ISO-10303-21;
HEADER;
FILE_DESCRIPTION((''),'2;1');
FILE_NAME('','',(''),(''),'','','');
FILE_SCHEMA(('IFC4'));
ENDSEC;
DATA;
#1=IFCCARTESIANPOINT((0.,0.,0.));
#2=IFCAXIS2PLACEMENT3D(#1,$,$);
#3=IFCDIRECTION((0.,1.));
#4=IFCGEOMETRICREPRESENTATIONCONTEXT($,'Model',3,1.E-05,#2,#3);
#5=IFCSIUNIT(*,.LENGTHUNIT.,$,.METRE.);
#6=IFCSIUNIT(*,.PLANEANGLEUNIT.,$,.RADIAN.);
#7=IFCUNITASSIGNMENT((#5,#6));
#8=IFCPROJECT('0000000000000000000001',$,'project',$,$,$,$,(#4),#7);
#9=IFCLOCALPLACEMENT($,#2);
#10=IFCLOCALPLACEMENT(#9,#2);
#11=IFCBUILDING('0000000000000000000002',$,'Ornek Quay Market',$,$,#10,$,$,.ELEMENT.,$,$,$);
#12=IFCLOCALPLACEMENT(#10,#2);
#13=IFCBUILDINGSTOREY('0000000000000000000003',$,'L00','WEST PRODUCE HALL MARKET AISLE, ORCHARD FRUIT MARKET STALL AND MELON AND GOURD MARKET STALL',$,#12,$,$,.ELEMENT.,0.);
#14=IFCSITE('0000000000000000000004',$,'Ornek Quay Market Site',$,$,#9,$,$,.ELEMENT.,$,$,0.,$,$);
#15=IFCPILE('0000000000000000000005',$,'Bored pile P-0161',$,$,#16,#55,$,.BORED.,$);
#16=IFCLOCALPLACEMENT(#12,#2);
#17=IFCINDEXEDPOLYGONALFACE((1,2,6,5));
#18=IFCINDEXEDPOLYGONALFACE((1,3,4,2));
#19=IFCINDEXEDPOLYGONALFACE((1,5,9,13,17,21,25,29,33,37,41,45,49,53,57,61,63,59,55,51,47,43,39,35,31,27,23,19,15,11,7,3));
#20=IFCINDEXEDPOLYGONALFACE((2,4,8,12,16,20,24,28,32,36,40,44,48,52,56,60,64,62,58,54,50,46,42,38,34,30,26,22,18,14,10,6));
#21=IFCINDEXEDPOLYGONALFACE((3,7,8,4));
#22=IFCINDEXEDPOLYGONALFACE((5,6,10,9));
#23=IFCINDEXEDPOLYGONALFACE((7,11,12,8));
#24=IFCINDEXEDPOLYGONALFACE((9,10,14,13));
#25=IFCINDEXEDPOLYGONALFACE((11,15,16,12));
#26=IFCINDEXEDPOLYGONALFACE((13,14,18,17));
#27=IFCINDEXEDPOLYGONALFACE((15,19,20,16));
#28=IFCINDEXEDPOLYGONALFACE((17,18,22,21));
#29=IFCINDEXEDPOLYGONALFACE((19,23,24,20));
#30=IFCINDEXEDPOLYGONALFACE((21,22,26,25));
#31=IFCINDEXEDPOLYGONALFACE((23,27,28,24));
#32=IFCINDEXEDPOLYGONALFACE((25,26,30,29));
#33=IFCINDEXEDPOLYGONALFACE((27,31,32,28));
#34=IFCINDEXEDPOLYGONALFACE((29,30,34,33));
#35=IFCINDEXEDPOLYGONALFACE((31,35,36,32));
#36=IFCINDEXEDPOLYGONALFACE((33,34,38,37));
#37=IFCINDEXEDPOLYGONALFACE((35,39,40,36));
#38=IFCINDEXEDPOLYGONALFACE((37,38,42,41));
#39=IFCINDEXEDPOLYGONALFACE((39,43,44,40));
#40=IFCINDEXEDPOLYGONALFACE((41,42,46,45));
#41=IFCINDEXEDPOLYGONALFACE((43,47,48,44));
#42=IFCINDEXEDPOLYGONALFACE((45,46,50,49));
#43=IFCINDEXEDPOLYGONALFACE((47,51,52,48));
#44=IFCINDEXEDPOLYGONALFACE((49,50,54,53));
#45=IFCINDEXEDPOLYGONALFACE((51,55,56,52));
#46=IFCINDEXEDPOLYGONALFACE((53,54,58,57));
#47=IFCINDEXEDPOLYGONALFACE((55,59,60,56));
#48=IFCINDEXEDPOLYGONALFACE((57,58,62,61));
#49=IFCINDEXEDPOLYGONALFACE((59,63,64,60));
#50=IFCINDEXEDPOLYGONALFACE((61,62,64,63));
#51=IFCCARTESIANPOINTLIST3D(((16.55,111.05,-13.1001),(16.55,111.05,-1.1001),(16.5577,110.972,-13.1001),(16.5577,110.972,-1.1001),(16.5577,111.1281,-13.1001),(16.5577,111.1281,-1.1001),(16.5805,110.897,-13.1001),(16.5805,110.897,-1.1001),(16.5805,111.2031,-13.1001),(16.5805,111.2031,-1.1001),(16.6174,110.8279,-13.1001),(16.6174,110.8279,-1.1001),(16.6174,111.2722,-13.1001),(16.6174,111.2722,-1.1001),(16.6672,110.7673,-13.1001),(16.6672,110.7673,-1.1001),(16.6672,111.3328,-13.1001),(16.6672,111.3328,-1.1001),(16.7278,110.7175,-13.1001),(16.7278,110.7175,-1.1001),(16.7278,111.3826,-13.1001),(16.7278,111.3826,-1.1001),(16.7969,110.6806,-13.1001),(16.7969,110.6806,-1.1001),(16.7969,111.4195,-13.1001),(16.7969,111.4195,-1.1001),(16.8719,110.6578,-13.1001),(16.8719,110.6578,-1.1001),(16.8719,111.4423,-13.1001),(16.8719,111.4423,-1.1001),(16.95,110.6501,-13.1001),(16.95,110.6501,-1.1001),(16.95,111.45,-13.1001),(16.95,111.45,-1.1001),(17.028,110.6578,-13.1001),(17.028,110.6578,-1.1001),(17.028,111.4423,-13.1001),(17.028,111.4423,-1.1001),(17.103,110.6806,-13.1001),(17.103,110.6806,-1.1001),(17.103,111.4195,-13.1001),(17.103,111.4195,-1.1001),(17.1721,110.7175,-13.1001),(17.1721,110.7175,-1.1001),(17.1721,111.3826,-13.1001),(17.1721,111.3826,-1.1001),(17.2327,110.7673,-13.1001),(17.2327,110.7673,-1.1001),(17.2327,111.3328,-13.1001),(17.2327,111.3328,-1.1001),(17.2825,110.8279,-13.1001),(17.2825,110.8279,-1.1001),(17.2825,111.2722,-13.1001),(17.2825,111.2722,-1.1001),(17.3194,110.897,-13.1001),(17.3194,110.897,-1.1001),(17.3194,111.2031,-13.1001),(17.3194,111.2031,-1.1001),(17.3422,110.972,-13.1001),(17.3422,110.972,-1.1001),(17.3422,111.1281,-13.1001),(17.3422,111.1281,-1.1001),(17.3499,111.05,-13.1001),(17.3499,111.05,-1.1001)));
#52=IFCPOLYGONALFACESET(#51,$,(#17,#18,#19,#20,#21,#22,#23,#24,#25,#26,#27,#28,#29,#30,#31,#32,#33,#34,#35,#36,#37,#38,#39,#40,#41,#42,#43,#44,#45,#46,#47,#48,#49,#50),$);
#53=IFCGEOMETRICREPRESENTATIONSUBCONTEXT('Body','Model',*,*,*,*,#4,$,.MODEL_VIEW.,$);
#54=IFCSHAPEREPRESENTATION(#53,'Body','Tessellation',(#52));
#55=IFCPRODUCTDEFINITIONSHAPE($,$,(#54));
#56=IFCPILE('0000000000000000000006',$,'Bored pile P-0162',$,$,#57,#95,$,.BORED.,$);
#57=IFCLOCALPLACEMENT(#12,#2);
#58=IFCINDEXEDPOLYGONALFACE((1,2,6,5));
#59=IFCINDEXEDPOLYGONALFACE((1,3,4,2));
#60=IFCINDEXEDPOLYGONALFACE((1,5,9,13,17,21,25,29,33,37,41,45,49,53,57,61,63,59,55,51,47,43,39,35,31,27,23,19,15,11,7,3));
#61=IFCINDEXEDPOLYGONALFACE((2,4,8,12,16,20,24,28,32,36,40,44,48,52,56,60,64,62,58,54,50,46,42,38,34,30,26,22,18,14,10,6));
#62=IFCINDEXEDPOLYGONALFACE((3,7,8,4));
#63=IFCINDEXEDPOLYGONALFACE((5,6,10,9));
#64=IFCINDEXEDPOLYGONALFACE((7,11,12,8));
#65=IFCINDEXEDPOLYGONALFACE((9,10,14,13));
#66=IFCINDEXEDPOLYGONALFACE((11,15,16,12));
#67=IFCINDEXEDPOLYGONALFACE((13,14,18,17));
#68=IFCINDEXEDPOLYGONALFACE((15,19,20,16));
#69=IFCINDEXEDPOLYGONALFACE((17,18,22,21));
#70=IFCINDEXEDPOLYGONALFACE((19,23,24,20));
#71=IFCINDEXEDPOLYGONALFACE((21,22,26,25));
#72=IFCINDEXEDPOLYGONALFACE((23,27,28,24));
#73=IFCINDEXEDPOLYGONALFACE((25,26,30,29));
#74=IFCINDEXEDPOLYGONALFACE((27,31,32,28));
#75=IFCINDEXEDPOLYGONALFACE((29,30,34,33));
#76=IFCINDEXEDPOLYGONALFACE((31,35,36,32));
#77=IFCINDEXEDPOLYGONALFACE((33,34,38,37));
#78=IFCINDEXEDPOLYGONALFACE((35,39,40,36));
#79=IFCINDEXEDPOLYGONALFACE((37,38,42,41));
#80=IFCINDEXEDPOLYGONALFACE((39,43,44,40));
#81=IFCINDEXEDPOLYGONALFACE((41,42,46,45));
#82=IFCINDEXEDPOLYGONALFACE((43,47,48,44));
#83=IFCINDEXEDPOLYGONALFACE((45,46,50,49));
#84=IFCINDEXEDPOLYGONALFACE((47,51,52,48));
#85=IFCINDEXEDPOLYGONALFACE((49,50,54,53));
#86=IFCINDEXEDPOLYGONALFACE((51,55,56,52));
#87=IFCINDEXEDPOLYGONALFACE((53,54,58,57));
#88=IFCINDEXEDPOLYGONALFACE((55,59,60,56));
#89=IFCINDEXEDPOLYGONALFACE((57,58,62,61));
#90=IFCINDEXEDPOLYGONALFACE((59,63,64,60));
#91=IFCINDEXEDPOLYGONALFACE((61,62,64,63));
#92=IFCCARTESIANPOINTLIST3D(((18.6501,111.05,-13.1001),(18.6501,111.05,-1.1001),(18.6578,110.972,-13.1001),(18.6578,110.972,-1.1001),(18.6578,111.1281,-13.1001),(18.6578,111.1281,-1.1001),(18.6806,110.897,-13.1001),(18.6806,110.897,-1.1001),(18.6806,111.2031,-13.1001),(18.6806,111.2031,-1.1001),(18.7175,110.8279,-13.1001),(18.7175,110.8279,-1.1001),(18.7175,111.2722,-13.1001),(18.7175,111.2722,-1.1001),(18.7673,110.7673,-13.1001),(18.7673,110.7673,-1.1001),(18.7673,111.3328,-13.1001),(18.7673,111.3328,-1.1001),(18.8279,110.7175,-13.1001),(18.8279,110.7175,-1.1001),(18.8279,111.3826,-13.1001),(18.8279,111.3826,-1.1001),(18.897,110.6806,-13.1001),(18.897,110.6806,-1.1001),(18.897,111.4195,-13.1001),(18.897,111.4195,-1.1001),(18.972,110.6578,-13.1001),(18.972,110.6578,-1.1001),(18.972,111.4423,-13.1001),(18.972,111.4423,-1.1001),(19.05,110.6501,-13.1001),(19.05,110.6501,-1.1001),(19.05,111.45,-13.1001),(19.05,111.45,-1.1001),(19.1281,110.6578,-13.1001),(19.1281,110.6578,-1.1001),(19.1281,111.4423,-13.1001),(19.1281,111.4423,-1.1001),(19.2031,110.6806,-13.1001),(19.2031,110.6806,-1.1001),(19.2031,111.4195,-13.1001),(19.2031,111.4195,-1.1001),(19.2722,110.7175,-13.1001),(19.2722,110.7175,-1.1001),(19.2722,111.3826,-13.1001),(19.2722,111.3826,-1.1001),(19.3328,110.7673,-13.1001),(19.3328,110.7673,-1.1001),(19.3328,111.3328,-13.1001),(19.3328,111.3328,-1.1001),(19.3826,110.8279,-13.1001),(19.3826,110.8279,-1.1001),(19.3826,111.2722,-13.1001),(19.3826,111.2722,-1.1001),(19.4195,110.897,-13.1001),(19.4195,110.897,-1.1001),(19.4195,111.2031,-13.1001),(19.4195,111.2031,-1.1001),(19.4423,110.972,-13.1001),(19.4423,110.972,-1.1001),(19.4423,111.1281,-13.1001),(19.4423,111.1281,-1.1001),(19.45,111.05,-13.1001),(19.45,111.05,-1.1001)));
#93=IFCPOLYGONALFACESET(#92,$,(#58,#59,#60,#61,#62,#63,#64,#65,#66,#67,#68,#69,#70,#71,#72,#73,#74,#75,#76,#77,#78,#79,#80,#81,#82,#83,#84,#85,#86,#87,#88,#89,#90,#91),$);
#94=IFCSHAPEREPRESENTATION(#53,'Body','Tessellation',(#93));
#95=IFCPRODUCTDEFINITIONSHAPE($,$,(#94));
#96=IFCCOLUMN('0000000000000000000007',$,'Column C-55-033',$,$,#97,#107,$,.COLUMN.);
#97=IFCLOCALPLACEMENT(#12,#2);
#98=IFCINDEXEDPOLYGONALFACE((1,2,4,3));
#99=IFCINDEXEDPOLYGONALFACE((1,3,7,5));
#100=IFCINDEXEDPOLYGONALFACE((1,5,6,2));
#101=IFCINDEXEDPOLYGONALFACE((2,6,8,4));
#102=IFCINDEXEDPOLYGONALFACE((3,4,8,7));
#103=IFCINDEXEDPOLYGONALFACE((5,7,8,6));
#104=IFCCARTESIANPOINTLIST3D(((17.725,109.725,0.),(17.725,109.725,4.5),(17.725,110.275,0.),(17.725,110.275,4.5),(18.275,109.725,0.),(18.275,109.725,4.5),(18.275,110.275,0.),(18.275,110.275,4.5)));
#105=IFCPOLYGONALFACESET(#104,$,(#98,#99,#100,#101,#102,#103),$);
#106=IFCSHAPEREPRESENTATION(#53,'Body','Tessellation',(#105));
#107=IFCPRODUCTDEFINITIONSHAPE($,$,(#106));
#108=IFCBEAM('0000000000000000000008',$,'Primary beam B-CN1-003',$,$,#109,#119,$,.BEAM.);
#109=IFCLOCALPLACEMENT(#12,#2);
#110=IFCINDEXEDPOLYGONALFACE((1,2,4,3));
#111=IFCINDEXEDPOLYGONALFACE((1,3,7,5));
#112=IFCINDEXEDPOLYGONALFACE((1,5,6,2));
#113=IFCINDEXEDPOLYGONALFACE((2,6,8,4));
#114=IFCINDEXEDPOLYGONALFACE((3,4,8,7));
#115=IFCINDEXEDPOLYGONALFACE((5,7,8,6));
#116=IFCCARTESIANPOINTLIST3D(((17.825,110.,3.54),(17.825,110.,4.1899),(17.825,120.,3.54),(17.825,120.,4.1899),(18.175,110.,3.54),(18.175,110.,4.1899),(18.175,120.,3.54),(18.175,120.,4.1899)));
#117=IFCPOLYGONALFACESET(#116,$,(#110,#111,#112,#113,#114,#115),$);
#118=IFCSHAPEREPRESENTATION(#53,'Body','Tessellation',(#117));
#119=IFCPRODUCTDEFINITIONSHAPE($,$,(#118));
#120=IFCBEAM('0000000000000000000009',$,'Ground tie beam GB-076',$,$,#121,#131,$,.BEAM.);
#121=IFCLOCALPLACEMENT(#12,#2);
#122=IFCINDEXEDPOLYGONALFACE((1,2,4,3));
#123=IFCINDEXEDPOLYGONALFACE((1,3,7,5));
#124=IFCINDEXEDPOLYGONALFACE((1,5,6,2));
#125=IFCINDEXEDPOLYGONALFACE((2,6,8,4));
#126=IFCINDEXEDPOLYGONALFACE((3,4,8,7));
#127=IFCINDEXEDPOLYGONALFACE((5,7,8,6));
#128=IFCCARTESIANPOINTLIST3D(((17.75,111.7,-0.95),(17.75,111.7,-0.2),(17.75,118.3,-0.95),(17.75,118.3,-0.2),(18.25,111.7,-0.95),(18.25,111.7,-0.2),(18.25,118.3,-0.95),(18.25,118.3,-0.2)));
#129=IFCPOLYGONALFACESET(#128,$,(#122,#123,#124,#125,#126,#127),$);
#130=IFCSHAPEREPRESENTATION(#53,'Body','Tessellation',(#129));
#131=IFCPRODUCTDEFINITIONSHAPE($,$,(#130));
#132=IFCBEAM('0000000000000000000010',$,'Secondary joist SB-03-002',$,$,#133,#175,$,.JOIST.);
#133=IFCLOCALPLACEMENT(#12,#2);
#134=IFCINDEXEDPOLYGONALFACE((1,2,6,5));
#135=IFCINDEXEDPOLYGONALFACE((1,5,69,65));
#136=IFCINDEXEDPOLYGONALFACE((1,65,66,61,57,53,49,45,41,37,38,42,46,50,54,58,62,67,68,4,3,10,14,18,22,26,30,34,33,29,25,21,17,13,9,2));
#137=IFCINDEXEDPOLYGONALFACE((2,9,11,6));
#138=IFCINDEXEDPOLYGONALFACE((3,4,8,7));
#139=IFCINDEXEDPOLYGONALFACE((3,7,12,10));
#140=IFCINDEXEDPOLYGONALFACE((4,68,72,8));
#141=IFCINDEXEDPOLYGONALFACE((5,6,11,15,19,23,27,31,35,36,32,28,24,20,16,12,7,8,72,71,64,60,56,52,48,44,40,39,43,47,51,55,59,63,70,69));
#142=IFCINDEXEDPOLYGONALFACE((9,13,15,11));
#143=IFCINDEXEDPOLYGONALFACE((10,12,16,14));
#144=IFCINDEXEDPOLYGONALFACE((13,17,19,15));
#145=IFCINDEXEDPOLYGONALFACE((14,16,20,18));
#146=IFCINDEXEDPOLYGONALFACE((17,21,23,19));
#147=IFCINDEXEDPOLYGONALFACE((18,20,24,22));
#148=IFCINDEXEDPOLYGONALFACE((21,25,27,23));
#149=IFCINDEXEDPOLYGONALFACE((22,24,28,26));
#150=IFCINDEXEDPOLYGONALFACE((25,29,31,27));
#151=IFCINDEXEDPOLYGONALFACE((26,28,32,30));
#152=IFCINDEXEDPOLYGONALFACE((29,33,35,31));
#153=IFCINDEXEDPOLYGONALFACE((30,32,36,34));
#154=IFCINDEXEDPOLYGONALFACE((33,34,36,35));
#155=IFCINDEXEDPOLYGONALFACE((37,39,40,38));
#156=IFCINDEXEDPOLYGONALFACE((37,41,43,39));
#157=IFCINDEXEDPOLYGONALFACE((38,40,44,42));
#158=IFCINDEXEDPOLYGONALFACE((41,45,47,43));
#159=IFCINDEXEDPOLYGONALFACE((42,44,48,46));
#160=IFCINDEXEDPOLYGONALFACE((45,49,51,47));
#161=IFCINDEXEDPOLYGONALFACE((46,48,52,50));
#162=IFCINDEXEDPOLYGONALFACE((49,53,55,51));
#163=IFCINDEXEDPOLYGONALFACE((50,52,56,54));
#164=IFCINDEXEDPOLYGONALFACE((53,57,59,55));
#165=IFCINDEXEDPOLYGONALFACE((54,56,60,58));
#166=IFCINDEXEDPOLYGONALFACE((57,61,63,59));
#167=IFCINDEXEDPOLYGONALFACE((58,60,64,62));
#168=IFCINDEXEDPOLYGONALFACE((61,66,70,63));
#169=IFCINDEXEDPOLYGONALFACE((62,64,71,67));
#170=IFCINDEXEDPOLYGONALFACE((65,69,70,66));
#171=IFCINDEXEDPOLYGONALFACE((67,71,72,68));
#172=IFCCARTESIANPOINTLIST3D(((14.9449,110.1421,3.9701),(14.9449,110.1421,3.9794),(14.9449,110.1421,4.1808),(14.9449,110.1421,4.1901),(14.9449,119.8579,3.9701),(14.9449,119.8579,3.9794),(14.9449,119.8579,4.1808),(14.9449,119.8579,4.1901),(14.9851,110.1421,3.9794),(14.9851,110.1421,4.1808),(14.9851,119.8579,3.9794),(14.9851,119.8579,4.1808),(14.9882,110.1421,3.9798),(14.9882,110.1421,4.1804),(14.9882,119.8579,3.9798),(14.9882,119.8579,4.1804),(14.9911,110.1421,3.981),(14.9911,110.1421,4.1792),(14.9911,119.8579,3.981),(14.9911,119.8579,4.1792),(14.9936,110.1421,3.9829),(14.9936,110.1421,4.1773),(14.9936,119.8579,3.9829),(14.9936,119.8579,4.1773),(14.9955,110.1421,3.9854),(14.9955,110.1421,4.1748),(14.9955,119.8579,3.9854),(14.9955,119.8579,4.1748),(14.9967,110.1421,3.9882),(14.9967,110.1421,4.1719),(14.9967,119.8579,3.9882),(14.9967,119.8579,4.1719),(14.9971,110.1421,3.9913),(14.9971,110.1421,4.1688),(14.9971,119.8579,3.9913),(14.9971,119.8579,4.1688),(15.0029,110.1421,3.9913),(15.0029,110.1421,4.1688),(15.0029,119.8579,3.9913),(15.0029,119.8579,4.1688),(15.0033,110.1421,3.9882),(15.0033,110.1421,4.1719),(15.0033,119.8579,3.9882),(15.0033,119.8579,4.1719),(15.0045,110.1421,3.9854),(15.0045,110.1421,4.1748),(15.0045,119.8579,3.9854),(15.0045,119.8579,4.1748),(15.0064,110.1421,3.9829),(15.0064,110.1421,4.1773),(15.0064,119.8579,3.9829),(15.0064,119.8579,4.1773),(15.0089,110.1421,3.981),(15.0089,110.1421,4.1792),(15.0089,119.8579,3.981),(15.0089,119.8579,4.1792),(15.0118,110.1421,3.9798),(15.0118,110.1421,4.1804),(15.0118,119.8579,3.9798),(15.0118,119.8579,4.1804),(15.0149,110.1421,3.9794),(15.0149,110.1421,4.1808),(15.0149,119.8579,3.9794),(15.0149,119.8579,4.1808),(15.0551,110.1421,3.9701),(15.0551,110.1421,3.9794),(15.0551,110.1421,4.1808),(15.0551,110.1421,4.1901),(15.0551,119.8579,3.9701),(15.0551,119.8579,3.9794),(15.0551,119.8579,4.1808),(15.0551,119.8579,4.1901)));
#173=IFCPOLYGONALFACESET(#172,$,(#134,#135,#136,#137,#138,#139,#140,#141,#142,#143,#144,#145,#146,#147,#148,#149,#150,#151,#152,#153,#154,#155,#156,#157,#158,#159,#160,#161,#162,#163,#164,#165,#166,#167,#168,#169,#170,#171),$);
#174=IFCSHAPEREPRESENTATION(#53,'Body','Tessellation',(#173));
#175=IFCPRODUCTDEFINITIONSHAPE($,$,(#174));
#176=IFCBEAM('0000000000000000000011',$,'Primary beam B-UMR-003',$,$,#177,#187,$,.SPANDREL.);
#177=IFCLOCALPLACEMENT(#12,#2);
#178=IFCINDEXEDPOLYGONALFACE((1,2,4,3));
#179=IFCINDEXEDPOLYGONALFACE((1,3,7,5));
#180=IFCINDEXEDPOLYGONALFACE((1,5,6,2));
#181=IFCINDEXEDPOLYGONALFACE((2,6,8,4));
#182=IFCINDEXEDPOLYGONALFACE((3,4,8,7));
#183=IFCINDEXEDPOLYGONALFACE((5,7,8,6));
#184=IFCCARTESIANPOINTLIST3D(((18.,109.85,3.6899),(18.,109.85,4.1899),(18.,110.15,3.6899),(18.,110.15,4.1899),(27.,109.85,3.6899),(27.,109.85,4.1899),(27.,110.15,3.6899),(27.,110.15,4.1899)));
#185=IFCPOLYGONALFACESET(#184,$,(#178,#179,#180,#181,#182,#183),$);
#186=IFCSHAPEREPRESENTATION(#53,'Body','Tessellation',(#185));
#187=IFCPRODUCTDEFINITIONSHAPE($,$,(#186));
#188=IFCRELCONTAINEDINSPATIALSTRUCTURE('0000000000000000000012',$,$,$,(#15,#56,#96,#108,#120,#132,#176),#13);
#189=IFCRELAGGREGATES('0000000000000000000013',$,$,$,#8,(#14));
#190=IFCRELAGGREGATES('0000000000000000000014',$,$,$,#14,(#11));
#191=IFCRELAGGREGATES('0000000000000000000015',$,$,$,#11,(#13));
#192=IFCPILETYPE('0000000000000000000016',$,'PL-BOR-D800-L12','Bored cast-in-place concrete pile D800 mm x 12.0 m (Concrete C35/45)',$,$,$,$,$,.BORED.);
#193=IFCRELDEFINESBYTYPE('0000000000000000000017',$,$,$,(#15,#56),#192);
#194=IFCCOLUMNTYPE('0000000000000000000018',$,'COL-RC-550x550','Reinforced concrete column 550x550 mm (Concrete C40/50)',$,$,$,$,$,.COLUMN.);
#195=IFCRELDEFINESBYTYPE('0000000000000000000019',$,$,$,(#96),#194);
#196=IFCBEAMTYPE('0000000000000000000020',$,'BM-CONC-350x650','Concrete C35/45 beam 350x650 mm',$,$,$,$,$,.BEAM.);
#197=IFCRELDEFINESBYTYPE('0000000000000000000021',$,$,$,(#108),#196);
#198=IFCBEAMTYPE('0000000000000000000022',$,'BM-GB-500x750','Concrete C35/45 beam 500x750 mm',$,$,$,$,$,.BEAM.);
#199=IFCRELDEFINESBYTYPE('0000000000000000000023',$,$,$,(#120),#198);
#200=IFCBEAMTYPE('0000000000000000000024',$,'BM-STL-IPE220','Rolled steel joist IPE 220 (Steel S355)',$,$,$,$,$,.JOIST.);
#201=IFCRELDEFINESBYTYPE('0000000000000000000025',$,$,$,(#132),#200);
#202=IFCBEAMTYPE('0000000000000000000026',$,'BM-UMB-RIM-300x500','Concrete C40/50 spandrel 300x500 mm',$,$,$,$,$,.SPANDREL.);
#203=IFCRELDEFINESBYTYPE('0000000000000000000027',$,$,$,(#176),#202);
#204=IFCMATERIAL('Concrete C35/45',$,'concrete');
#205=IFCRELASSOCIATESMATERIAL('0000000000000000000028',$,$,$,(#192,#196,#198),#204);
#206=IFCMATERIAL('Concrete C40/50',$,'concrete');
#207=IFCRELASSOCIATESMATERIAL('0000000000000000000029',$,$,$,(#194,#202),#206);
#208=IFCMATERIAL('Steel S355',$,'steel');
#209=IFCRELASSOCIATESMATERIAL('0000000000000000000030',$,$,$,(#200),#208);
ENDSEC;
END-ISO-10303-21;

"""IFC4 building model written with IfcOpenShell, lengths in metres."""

from ifc_helpers import new_model, si_unit, direction, frame, origin, origin_2d, place, context, subcontext, project, spatial, rectangle, circle, i_section, extrude, material, material_profile, profile_set, type_object, element, save


model = new_model("IFC4")

# Units and contexts
model_context = context("Model", 3, precision=1e-05, world=origin(), true_north=direction((0.0, 1.0)))
body_context = subcontext(model_context, "Body", "Model", "MODEL_VIEW")
ifc_project = project(units=[si_unit("LENGTHUNIT", "METRE"), si_unit("PLANEANGLEUNIT", "RADIAN")], contexts=[model_context])

# Site, building, storey
site_placement = place(None, origin())
site = spatial("IfcSite", under=ifc_project, at=site_placement, Name="Ornek Quay Market Site", CompositionType="ELEMENT", RefElevation=0.0)
building_placement = place(site_placement, origin())
building = spatial("IfcBuilding", under=site, at=building_placement, Name="Ornek Quay Market", CompositionType="ELEMENT")
storey_placement = place(building_placement, origin())
storey = spatial("IfcBuildingStorey", under=building, at=storey_placement, Name="L00", Description="WEST PRODUCE HALL MARKET AISLE, ORCHARD FRUIT MARKET STALL AND MELON AND GOURD MARKET STALL", CompositionType="ELEMENT", Elevation=0.0)

# Piles
ifc_material_1 = material(Name="Concrete C35/45", Category="concrete")
ifc_material_profile_1 = material_profile(ifc_material_1, circle(Radius=0.3999, at=origin_2d()), Name="PILE D800", Category="concrete")
ifc_profile_set_1 = profile_set([ifc_material_profile_1], Name="Concrete C35/45")
pile_type = type_object("IfcPileType", Name="PL-BOR-D800-L12", Description="Bored cast-in-place concrete pile D800 mm x 12.0 m (Concrete C35/45)", PredefinedType="BORED", material=ifc_profile_set_1)
for number, where, z_axis, x_axis, name in (
    (1, (16.95, 111.05, -1.1001), (0.0, 0.0, -1.0), (1.0, 0.0, 0.0), "Bored pile P-0161"),
    (2, (19.05, 111.05, -1.1001), (0.0, 0.0, -1.0), (1.0, 0.0, 0.0), "Bored pile P-0162"),
):
    element("IfcPile", number, at=place(storey_placement, frame(where, z_axis=z_axis, x_axis=x_axis)), inside=storey, type_object=pile_type, Name=name, PredefinedType="BORED", context=body_context, shape_type="SweptSolid", body=[
        extrude(circle(Radius=0.3999, at=origin_2d()), origin(), (0.0, 0.0, 1.0), 12.0),
    ])

# Column
ifc_material_2 = material(Name="Concrete C40/50", Category="concrete")
ifc_material_profile_2 = material_profile(ifc_material_2, rectangle(XDim=0.55, YDim=0.55, at=origin_2d()), Name="RC 550x550", Category="concrete")
ifc_profile_set_2 = profile_set([ifc_material_profile_2], Name="Concrete C40/50")
column_type = type_object("IfcColumnType", Name="COL-RC-550x550", Description="Reinforced concrete column 550x550 mm (Concrete C40/50)", PredefinedType="COLUMN", material=ifc_profile_set_2)
column_placement = place(storey_placement, frame((18.0, 110.0, 0.0), z_axis=(0.0, 0.0, 1.0), x_axis=(1.0, 0.0, 0.0)))
element("IfcColumn", 3, at=column_placement, inside=storey, type_object=column_type, Name="Column C-55-033", PredefinedType="COLUMN", context=body_context, shape_type="SweptSolid", body=[
    extrude(rectangle(XDim=0.55, YDim=0.55, at=origin_2d()), origin(), (0.0, 0.0, 1.0), 4.5),
])

# Beams
ifc_material_profile_3 = material_profile(ifc_material_1, rectangle(XDim=0.3501, YDim=0.6499, at=origin_2d()), Name="RC 350x650", Category="concrete")
ifc_profile_set_3 = profile_set([ifc_material_profile_3], Name="Concrete C35/45")
beam_type_1 = type_object("IfcBeamType", Name="BM-CONC-350x650", Description="Concrete C35/45 beam 350x650 mm", PredefinedType="BEAM", material=ifc_profile_set_3)
beam_1_placement = place(storey_placement, frame((18.0, 110.0, 3.865), z_axis=(0.0, 1.0, 0.0), x_axis=(-1.0, 0.0, 0.0)))
element("IfcBeam", 4, at=beam_1_placement, inside=storey, type_object=beam_type_1, Name="Primary beam B-CN1-003", PredefinedType="BEAM", context=body_context, shape_type="SweptSolid", body=[
    extrude(rectangle(XDim=0.3501, YDim=0.6499, at=origin_2d()), origin(), (0.0, 0.0, 1.0), 10.0),
])
ifc_material_profile_4 = material_profile(ifc_material_1, rectangle(XDim=0.5, YDim=0.75, at=origin_2d()), Name="RC 500x750", Category="concrete")
ifc_profile_set_4 = profile_set([ifc_material_profile_4], Name="Concrete C35/45")
beam_type_2 = type_object("IfcBeamType", Name="BM-GB-500x750", Description="Concrete C35/45 beam 500x750 mm", PredefinedType="BEAM", material=ifc_profile_set_4)
beam_2_placement = place(storey_placement, frame((18.0, 111.7, -0.575), z_axis=(0.0, 1.0, 0.0), x_axis=(-1.0, 0.0, 0.0)))
element("IfcBeam", 5, at=beam_2_placement, inside=storey, type_object=beam_type_2, Name="Ground tie beam GB-076", PredefinedType="BEAM", context=body_context, shape_type="SweptSolid", body=[
    extrude(rectangle(XDim=0.5, YDim=0.75, at=origin_2d()), origin(), (0.0, 0.0, 1.0), 6.6001),
])
ifc_material_3 = material(Name="Steel S355", Category="steel")
ifc_material_profile_5 = material_profile(ifc_material_3, i_section(OverallWidth=0.1101, OverallDepth=0.22, WebThickness=0.0059, FlangeThickness=0.0093, FilletRadius=0.012, at=origin_2d()), Name="IPE 220", Category="steel")
ifc_profile_set_5 = profile_set([ifc_material_profile_5], Name="Steel S355")
beam_type_3 = type_object("IfcBeamType", Name="BM-STL-IPE220", Description="Rolled steel joist IPE 220 (Steel S355)", PredefinedType="JOIST", material=ifc_profile_set_5)
beam_3_placement = place(storey_placement, frame((15.0, 110.1421, 4.0801), z_axis=(0.0, 1.0, 0.0), x_axis=(-1.0, 0.0, 0.0)))
element("IfcBeam", 6, at=beam_3_placement, inside=storey, type_object=beam_type_3, Name="Secondary joist SB-03-002", PredefinedType="JOIST", context=body_context, shape_type="SweptSolid", body=[
    extrude(i_section(OverallWidth=0.1101, OverallDepth=0.22, WebThickness=0.0059, FlangeThickness=0.0093, FilletRadius=0.012, at=origin_2d()), origin(), (0.0, 0.0, 1.0), 9.7158),
])
ifc_material_profile_6 = material_profile(ifc_material_2, rectangle(XDim=0.3, YDim=0.5, at=origin_2d()), Name="RC 300x500", Category="concrete")
ifc_profile_set_6 = profile_set([ifc_material_profile_6], Name="Concrete C40/50")
beam_type_4 = type_object("IfcBeamType", Name="BM-UMB-RIM-300x500", Description="Concrete C40/50 spandrel 300x500 mm", PredefinedType="SPANDREL", material=ifc_profile_set_6)
beam_4_placement = place(storey_placement, frame((18.0, 110.0, 3.9399), z_axis=(1.0, 0.0, 0.0), x_axis=(0.0, 1.0, 0.0)))
element("IfcBeam", 7, at=beam_4_placement, inside=storey, type_object=beam_type_4, Name="Primary beam B-UMR-003", PredefinedType="SPANDREL", context=body_context, shape_type="SweptSolid", body=[
    extrude(rectangle(XDim=0.3, YDim=0.5, at=origin_2d()), origin(), (0.0, 0.0, 1.0), 9.0),
])

save(model, "model.ifc")
